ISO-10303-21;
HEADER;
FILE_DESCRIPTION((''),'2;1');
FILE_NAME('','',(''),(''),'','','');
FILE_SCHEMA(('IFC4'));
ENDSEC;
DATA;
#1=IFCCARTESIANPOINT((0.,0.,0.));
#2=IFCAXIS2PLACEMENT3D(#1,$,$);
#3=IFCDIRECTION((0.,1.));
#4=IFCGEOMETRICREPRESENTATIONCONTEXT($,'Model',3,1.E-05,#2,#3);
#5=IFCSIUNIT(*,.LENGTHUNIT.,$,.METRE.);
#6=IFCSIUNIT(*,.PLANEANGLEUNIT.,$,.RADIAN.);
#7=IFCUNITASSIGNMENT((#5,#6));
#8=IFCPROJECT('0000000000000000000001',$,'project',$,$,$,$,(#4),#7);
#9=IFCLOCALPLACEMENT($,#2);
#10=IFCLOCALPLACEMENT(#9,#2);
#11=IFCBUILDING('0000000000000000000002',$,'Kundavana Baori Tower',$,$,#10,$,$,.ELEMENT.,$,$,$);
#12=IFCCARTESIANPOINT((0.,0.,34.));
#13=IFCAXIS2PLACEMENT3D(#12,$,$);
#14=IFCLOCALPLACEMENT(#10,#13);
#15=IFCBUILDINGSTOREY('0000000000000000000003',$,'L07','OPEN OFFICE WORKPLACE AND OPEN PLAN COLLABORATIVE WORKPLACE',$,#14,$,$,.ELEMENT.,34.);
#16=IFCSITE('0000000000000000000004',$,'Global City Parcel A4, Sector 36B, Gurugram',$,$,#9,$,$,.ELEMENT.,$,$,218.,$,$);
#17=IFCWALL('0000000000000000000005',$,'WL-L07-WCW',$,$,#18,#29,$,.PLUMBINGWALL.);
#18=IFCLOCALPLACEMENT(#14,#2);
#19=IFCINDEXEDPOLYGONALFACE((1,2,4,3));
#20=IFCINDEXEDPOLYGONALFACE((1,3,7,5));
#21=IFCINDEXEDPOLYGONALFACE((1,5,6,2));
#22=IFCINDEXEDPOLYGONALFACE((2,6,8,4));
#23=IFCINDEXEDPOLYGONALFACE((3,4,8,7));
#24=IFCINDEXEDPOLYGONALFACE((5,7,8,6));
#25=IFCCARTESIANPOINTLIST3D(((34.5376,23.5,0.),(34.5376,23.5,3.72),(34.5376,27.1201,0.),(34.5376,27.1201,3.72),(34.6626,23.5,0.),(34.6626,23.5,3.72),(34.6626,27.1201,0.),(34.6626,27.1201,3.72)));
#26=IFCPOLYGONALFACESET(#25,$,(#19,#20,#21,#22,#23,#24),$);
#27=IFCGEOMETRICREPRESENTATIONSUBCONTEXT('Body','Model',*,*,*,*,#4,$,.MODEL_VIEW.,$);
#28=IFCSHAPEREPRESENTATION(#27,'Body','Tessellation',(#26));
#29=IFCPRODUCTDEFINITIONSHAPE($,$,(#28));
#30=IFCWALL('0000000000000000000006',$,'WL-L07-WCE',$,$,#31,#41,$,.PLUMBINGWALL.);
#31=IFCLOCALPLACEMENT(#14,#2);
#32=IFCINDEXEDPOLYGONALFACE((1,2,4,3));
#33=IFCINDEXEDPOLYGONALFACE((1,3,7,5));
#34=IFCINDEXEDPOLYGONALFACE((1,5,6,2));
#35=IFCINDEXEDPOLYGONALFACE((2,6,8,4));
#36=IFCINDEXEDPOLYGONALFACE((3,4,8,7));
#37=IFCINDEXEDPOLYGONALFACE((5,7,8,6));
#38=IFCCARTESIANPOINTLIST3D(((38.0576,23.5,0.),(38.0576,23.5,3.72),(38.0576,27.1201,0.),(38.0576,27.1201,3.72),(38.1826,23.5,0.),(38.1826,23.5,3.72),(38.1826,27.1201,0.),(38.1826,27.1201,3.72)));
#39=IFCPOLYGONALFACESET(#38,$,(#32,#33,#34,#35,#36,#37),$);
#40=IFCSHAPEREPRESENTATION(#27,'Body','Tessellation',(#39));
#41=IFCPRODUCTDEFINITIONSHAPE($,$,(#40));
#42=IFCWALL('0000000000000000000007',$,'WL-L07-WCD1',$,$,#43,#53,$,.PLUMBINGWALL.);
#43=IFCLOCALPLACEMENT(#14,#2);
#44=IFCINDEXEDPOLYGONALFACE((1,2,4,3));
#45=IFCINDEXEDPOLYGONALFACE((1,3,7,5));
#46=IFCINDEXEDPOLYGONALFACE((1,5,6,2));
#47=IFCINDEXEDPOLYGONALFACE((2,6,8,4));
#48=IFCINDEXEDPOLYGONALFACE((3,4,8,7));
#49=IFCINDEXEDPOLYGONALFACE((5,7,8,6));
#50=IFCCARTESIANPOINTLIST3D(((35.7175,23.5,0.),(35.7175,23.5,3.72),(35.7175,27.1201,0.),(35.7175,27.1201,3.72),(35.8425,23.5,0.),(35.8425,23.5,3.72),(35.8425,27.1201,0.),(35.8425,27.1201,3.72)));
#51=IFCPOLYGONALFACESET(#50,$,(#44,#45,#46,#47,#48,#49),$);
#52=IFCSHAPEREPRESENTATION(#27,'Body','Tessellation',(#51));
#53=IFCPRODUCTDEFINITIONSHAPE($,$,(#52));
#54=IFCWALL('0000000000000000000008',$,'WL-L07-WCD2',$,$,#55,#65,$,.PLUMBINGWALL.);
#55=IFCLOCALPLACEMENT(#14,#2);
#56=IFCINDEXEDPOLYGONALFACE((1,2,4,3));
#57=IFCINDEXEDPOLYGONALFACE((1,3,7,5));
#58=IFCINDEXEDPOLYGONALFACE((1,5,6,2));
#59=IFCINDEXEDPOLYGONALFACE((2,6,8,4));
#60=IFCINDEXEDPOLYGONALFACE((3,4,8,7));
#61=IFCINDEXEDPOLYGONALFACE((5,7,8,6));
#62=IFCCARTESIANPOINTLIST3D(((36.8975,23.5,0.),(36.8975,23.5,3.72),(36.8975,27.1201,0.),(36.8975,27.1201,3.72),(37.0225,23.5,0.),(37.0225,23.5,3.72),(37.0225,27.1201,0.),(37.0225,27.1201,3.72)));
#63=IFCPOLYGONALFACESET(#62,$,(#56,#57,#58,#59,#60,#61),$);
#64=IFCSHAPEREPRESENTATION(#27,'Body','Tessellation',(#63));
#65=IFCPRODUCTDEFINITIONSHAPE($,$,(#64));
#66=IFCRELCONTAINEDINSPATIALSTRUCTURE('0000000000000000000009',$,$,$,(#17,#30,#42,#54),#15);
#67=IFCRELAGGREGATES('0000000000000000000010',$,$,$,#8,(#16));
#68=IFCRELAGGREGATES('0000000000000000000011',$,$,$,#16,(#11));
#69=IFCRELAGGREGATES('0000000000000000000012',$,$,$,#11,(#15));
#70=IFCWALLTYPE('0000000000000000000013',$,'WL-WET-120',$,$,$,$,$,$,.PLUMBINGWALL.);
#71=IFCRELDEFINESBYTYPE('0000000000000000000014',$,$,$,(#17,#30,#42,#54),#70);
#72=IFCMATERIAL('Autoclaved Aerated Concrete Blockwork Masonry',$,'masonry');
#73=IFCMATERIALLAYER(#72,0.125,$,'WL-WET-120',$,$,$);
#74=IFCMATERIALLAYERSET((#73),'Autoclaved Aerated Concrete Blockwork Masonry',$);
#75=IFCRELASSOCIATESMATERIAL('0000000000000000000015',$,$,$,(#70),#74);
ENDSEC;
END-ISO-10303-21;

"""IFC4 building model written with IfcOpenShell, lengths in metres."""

from ifc_helpers import new_model, si_unit, direction, frame, frame_2d, origin, place, context, subcontext, project, spatial, rectangle, extrude, material, layer, layer_set, type_object, element, save


model = new_model("IFC4")

# Units and contexts
model_context = context("Model", 3, precision=1e-05, world=origin(), true_north=direction((0.0, 1.0)))
body_context = subcontext(model_context, "Body", "Model", "MODEL_VIEW")
ifc_project = project(units=[si_unit("LENGTHUNIT", "METRE"), si_unit("PLANEANGLEUNIT", "RADIAN")], contexts=[model_context])

# Site, building, storey
site_placement = place(None, origin())
site = spatial("IfcSite", under=ifc_project, at=site_placement, Name="Global City Parcel A4, Sector 36B, Gurugram", CompositionType="ELEMENT", RefElevation=218.0)
building_placement = place(site_placement, origin())
building = spatial("IfcBuilding", under=site, at=building_placement, Name="Kundavana Baori Tower", CompositionType="ELEMENT")
storey_placement = place(building_placement, frame((0.0, 0.0, 34.0)))
storey = spatial("IfcBuildingStorey", under=building, at=storey_placement, Name="L07", Description="OPEN OFFICE WORKPLACE AND OPEN PLAN COLLABORATIVE WORKPLACE", CompositionType="ELEMENT", Elevation=34.0)

# Walls
ifc_material_1 = material(Name="Autoclaved Aerated Concrete Blockwork Masonry", Category="masonry")
ifc_layer_1 = layer(ifc_material_1, 0.125, Name="WL-WET-120")
ifc_layer_set_1 = layer_set([ifc_layer_1], Name="Autoclaved Aerated Concrete Blockwork Masonry")
wall_type_1 = type_object("IfcWallType", Name="WL-WET-120", PredefinedType="PLUMBINGWALL", material=ifc_layer_set_1)
for number, where, z_axis, x_axis, name in (
    (1, (34.6001, 23.5, 0.0), (0.0, 0.0, 1.0), (0.0, 1.0, 0.0), "WL-L07-WCW"),
    (2, (38.1201, 23.5, 0.0), (0.0, 0.0, 1.0), (0.0, 1.0, 0.0), "WL-L07-WCE"),
    (3, (35.78, 23.5, 0.0), (0.0, 0.0, 1.0), (0.0, 1.0, 0.0), "WL-L07-WCD1"),
    (4, (36.96, 23.5, 0.0), (0.0, 0.0, 1.0), (0.0, 1.0, 0.0), "WL-L07-WCD2"),
):
    element("IfcWall", number, at=place(storey_placement, frame(where, z_axis=z_axis, x_axis=x_axis)), inside=storey, type_object=wall_type_1, Name=name, PredefinedType="PLUMBINGWALL", context=body_context, shape_type="SweptSolid", body=[
        extrude(rectangle(XDim=3.6201, YDim=0.125, at=frame_2d((1.8101, 0.0))), origin(), (0.0, 0.0, 1.0), 3.72),
    ])

save(model, "model.ifc")
